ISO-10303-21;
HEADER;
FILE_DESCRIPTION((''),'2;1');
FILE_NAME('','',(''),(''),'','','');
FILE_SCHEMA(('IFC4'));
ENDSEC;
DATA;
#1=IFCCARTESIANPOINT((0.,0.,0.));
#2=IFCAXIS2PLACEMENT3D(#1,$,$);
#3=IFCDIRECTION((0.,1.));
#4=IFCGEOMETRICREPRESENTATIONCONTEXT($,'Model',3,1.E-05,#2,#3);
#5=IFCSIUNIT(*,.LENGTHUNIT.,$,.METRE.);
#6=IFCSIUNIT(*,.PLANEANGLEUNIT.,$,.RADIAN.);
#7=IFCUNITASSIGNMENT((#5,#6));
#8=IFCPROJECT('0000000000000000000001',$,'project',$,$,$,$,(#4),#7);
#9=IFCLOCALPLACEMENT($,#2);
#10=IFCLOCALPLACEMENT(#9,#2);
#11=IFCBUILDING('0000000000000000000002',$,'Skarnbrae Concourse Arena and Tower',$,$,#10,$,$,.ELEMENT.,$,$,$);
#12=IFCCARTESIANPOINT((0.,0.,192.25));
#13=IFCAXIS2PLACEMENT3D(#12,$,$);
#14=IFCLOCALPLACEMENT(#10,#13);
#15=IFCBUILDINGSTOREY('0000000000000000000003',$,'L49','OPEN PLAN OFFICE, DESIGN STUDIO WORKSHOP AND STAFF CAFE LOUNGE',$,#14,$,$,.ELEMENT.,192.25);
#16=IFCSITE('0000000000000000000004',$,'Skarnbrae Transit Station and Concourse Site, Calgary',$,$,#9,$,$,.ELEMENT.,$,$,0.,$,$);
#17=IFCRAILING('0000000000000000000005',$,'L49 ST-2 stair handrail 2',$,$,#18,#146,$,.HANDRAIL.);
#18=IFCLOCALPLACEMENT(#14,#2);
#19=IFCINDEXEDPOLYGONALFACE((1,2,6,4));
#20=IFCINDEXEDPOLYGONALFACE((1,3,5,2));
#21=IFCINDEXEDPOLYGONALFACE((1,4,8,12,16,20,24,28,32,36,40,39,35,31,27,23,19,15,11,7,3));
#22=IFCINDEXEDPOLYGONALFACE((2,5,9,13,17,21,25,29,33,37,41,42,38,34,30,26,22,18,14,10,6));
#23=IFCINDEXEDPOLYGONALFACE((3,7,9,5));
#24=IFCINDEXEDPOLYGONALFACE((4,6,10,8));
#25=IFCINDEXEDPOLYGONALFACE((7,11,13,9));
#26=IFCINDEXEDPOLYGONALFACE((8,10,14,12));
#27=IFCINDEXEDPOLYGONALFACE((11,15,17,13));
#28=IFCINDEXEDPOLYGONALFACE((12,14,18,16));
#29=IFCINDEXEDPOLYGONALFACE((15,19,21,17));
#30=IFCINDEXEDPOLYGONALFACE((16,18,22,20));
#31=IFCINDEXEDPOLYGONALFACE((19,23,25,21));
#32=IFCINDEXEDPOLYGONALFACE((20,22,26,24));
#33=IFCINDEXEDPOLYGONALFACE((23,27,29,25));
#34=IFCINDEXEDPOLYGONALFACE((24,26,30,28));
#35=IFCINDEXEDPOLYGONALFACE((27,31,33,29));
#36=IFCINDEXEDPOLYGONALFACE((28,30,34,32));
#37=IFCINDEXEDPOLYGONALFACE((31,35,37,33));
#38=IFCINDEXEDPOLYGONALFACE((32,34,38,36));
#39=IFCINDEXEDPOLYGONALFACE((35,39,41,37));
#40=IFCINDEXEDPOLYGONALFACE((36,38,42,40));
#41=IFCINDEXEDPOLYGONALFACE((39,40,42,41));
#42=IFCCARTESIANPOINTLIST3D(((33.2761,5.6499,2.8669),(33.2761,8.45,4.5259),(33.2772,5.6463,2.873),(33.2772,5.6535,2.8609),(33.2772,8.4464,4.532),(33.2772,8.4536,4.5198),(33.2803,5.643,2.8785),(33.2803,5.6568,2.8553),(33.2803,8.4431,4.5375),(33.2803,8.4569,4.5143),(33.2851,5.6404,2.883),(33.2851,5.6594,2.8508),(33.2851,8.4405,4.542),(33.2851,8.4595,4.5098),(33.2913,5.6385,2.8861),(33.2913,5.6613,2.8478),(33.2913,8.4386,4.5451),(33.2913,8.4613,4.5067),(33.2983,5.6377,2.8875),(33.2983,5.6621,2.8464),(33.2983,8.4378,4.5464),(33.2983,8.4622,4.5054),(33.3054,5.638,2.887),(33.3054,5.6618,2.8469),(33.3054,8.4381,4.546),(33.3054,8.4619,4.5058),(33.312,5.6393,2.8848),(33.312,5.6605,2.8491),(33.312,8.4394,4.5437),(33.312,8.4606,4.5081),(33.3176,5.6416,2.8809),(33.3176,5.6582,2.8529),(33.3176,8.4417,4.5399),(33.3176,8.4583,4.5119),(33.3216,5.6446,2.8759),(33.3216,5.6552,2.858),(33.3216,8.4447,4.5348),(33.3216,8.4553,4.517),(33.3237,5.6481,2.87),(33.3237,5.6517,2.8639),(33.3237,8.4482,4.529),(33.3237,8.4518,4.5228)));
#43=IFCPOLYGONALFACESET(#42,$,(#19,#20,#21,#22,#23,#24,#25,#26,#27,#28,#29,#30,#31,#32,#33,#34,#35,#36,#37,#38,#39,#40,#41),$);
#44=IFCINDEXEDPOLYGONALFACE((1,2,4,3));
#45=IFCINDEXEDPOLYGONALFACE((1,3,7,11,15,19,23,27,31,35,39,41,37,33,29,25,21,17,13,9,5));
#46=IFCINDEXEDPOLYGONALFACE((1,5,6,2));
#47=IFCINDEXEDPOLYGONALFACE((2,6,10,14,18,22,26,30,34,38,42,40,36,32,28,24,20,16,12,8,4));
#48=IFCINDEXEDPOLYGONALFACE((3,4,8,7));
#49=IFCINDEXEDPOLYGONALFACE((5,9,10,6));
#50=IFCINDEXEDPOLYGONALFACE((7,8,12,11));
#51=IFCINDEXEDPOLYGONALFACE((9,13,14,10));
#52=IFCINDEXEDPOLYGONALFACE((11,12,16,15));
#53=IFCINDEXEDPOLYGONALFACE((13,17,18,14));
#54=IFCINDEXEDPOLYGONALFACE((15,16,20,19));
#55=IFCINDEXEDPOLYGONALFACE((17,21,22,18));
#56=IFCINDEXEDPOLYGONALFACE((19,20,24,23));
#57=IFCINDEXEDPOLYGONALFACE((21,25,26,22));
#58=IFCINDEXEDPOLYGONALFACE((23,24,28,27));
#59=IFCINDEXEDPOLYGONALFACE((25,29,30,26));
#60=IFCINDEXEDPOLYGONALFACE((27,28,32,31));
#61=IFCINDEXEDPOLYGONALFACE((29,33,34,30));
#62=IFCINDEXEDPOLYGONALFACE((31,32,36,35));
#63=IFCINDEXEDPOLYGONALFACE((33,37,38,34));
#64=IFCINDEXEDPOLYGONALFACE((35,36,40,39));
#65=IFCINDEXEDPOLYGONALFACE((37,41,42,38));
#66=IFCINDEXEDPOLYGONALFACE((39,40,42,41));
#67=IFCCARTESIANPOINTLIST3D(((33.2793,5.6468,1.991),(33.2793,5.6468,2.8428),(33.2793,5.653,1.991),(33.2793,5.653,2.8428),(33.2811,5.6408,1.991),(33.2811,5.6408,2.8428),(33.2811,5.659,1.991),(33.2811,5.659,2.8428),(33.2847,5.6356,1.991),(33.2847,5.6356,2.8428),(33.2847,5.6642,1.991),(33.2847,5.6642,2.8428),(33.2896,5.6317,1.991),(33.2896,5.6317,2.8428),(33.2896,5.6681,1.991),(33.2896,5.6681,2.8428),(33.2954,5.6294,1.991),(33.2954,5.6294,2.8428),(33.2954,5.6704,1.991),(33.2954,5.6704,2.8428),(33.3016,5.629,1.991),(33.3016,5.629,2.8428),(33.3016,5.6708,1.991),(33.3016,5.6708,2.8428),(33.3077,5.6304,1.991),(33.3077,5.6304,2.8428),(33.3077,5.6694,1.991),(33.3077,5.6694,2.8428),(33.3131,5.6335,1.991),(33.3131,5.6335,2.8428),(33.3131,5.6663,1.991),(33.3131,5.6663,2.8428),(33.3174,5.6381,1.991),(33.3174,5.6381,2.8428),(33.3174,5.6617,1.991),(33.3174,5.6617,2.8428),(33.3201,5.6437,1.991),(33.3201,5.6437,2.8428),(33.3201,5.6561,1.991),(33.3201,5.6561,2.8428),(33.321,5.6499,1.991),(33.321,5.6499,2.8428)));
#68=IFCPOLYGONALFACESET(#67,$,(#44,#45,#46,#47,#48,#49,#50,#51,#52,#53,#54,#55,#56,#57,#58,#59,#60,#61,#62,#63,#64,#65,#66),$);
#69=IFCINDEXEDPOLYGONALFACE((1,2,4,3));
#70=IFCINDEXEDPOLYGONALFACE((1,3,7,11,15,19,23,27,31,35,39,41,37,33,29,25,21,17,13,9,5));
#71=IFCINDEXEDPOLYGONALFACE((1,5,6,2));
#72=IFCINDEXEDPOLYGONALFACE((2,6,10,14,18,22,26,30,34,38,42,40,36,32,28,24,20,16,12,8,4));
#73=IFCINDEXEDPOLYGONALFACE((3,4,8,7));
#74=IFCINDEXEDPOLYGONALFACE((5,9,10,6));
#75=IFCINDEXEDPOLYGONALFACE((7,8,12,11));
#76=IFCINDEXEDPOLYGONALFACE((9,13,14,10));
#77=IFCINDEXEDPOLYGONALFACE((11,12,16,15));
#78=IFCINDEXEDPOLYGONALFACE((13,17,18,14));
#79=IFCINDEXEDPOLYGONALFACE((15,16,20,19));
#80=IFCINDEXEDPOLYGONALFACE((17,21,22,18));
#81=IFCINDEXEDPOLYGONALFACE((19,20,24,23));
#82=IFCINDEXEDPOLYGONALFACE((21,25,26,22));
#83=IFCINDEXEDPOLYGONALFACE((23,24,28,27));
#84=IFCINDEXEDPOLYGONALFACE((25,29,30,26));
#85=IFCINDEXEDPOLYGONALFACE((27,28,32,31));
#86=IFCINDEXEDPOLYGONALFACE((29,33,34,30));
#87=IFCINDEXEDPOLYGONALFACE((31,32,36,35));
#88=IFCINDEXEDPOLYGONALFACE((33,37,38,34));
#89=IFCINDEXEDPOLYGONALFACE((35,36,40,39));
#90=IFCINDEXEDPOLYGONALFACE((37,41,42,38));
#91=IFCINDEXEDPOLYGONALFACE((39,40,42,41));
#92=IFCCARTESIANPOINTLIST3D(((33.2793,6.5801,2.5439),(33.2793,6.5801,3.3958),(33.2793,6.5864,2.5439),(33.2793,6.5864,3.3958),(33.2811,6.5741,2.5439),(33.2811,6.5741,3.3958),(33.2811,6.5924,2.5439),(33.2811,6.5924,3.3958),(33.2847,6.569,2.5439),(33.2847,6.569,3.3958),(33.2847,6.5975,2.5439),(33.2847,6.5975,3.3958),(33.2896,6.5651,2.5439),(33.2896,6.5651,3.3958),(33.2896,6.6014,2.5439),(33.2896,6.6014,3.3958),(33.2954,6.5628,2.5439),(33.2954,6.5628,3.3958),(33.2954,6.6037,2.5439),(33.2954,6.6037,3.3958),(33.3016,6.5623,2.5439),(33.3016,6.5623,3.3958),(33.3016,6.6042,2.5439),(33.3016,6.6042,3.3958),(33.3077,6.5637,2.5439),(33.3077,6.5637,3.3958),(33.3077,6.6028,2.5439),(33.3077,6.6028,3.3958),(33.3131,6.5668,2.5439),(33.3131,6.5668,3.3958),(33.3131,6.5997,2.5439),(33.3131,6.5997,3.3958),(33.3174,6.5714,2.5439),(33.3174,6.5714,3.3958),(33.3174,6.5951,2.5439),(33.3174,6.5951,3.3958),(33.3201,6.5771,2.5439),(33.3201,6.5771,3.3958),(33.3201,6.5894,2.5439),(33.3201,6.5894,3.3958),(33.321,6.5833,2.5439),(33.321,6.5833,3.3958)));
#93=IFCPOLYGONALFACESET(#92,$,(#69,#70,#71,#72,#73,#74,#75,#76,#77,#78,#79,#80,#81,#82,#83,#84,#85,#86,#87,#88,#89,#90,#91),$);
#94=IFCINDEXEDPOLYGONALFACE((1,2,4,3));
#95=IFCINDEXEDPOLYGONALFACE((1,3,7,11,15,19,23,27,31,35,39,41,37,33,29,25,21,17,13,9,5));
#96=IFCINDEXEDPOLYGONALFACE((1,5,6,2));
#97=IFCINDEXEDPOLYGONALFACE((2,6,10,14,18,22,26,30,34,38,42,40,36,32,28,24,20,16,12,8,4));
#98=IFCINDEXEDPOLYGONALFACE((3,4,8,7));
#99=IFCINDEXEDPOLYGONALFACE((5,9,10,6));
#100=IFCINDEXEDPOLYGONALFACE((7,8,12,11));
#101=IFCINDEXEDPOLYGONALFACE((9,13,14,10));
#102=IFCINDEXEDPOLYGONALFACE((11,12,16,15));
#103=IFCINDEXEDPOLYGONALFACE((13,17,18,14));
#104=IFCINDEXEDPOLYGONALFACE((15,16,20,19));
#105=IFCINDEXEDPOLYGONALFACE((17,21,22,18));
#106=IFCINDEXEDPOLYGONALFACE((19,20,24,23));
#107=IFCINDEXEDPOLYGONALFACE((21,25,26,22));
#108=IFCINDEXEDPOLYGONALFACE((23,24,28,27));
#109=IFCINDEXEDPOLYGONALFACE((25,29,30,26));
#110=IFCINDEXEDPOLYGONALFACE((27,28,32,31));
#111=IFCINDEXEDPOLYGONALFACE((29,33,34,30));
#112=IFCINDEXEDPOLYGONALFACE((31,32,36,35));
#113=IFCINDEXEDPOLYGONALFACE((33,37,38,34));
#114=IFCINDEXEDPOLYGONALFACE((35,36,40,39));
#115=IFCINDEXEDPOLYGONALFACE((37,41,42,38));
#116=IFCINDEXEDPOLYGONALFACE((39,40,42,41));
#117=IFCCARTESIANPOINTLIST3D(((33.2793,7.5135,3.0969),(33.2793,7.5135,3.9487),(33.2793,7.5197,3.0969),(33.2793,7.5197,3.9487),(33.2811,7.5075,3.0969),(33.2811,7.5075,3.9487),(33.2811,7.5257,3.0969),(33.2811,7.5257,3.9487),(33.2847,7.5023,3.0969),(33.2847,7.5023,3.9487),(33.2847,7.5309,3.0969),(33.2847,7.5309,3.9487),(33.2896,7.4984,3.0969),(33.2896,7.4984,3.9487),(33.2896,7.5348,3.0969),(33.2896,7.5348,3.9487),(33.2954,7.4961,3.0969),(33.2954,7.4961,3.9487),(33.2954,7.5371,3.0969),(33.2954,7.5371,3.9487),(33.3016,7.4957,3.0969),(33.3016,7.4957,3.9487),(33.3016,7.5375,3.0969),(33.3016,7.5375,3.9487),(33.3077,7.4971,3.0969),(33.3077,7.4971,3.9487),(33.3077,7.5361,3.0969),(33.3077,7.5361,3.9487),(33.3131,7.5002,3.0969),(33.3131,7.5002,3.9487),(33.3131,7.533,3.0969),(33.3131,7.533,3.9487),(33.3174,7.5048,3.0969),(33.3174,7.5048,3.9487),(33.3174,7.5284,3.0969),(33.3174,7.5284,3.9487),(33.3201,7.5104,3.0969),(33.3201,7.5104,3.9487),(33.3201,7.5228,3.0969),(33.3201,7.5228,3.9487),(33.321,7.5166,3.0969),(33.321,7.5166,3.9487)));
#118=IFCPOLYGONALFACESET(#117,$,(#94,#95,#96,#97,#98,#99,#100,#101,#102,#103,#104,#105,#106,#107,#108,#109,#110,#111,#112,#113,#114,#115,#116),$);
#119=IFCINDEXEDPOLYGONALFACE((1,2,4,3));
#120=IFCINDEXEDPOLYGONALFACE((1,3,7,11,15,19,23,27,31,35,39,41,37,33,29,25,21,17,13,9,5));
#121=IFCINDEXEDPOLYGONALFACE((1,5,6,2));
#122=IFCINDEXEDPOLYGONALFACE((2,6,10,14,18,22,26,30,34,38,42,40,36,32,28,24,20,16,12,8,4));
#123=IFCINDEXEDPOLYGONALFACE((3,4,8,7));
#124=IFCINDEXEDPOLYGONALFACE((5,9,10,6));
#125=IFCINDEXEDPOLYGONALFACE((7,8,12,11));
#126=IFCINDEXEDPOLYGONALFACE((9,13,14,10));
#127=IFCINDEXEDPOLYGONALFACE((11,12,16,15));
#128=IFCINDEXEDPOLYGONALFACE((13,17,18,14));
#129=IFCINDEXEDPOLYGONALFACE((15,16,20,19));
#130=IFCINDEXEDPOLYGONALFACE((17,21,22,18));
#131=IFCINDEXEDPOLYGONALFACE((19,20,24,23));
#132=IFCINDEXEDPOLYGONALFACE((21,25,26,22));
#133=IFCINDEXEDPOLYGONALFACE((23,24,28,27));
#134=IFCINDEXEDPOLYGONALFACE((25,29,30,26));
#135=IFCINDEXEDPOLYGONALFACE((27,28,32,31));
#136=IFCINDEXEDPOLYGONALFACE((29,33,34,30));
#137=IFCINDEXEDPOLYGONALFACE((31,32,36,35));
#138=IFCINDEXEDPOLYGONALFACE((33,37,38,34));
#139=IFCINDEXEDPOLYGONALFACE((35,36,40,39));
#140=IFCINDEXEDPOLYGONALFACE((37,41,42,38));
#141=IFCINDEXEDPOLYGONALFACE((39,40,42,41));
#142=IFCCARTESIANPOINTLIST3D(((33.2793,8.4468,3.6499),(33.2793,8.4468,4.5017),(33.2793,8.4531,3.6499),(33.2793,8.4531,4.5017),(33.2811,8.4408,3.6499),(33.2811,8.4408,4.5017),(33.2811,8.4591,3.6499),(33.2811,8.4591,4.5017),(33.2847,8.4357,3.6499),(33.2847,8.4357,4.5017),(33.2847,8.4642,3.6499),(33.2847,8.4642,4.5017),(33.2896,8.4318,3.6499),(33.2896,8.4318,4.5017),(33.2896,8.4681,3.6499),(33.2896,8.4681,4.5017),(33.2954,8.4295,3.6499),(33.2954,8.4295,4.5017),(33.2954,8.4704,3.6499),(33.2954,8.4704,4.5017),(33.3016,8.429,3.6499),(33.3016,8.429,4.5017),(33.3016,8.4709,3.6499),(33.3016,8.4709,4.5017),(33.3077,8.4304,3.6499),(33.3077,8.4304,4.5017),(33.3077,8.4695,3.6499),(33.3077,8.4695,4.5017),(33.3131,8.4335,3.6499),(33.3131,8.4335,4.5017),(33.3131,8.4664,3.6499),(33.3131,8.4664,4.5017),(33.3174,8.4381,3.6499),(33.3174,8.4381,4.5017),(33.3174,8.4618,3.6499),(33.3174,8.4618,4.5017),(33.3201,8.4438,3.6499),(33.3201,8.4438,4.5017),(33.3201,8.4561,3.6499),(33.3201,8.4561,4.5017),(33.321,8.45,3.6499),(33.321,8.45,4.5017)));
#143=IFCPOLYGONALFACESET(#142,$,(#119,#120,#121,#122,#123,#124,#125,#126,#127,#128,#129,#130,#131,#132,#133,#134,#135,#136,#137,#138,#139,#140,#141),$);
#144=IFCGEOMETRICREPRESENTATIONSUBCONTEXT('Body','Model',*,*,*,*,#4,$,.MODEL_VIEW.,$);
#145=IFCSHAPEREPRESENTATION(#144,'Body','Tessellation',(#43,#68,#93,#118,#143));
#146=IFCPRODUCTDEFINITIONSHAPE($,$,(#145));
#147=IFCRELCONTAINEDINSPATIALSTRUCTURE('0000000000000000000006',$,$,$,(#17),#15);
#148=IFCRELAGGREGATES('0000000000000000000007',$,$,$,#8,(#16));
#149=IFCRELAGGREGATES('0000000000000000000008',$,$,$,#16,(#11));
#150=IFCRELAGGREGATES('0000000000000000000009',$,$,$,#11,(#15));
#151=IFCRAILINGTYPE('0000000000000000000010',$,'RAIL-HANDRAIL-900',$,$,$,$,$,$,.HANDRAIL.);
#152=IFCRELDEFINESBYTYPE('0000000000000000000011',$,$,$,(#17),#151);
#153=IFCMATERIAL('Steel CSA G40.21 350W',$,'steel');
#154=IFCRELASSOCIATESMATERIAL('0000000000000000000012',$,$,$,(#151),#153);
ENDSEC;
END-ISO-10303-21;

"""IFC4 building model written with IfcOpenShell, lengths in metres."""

from ifc_helpers import new_model, si_unit, direction, frame, origin, origin_2d, place, context, subcontext, project, spatial, circle, extrude, material, type_object, element, save


model = new_model("IFC4")

# Units and contexts
model_context = context("Model", 3, precision=1e-05, world=origin(), true_north=direction((0.0, 1.0)))
body_context = subcontext(model_context, "Body", "Model", "MODEL_VIEW")
ifc_project = project(units=[si_unit("LENGTHUNIT", "METRE"), si_unit("PLANEANGLEUNIT", "RADIAN")], contexts=[model_context])

# Site, building, storey
site_placement = place(None, origin())
site = spatial("IfcSite", under=ifc_project, at=site_placement, Name="Skarnbrae Transit Station and Concourse Site, Calgary", CompositionType="ELEMENT", RefElevation=0.0)
building_placement = place(site_placement, origin())
building = spatial("IfcBuilding", under=site, at=building_placement, Name="Skarnbrae Concourse Arena and Tower", CompositionType="ELEMENT")
storey_placement = place(building_placement, frame((0.0, 0.0, 192.25)))
storey = spatial("IfcBuildingStorey", under=building, at=storey_placement, Name="L49", Description="OPEN PLAN OFFICE, DESIGN STUDIO WORKSHOP AND STAFF CAFE LOUNGE", CompositionType="ELEMENT", Elevation=192.25)

# Shared definitions
ifc_material_1 = material(Name="Steel CSA G40.21 350W", Category="steel")

# Railing
railing_type_1 = type_object("IfcRailingType", Name="RAIL-HANDRAIL-900", PredefinedType="HANDRAIL", material=ifc_material_1)
railing_1_placement = place(storey_placement, frame((33.3, 5.6499, 1.991)))
element("IfcRailing", 1, at=railing_1_placement, inside=storey, type_object=railing_type_1, Name="L49 ST-2 stair handrail 2", PredefinedType="HANDRAIL", context=body_context, shape_type="SweptSolid", body=[
    extrude(circle(Radius=0.0239, at=origin_2d()), frame((0.0, 0.0, 0.876), z_axis=(0.0, 0.860339, 0.509722), x_axis=(-1.0, 0.0, 0.0)), (0.0, 0.0, 1.0), 3.2546),
    extrude(circle(Radius=0.021, at=origin_2d()), origin(), (0.0, 0.0, 1.0), 0.8518),
    extrude(circle(Radius=0.021, at=origin_2d()), frame((0.0, 0.9333, 0.553)), (0.0, 0.0, 1.0), 0.8518),
    extrude(circle(Radius=0.021, at=origin_2d()), frame((0.0, 1.8667, 1.106)), (0.0, 0.0, 1.0), 0.8518),
    extrude(circle(Radius=0.021, at=origin_2d()), frame((0.0, 2.8, 1.6589)), (0.0, 0.0, 1.0), 0.8518),
])

save(model, "model.ifc")
